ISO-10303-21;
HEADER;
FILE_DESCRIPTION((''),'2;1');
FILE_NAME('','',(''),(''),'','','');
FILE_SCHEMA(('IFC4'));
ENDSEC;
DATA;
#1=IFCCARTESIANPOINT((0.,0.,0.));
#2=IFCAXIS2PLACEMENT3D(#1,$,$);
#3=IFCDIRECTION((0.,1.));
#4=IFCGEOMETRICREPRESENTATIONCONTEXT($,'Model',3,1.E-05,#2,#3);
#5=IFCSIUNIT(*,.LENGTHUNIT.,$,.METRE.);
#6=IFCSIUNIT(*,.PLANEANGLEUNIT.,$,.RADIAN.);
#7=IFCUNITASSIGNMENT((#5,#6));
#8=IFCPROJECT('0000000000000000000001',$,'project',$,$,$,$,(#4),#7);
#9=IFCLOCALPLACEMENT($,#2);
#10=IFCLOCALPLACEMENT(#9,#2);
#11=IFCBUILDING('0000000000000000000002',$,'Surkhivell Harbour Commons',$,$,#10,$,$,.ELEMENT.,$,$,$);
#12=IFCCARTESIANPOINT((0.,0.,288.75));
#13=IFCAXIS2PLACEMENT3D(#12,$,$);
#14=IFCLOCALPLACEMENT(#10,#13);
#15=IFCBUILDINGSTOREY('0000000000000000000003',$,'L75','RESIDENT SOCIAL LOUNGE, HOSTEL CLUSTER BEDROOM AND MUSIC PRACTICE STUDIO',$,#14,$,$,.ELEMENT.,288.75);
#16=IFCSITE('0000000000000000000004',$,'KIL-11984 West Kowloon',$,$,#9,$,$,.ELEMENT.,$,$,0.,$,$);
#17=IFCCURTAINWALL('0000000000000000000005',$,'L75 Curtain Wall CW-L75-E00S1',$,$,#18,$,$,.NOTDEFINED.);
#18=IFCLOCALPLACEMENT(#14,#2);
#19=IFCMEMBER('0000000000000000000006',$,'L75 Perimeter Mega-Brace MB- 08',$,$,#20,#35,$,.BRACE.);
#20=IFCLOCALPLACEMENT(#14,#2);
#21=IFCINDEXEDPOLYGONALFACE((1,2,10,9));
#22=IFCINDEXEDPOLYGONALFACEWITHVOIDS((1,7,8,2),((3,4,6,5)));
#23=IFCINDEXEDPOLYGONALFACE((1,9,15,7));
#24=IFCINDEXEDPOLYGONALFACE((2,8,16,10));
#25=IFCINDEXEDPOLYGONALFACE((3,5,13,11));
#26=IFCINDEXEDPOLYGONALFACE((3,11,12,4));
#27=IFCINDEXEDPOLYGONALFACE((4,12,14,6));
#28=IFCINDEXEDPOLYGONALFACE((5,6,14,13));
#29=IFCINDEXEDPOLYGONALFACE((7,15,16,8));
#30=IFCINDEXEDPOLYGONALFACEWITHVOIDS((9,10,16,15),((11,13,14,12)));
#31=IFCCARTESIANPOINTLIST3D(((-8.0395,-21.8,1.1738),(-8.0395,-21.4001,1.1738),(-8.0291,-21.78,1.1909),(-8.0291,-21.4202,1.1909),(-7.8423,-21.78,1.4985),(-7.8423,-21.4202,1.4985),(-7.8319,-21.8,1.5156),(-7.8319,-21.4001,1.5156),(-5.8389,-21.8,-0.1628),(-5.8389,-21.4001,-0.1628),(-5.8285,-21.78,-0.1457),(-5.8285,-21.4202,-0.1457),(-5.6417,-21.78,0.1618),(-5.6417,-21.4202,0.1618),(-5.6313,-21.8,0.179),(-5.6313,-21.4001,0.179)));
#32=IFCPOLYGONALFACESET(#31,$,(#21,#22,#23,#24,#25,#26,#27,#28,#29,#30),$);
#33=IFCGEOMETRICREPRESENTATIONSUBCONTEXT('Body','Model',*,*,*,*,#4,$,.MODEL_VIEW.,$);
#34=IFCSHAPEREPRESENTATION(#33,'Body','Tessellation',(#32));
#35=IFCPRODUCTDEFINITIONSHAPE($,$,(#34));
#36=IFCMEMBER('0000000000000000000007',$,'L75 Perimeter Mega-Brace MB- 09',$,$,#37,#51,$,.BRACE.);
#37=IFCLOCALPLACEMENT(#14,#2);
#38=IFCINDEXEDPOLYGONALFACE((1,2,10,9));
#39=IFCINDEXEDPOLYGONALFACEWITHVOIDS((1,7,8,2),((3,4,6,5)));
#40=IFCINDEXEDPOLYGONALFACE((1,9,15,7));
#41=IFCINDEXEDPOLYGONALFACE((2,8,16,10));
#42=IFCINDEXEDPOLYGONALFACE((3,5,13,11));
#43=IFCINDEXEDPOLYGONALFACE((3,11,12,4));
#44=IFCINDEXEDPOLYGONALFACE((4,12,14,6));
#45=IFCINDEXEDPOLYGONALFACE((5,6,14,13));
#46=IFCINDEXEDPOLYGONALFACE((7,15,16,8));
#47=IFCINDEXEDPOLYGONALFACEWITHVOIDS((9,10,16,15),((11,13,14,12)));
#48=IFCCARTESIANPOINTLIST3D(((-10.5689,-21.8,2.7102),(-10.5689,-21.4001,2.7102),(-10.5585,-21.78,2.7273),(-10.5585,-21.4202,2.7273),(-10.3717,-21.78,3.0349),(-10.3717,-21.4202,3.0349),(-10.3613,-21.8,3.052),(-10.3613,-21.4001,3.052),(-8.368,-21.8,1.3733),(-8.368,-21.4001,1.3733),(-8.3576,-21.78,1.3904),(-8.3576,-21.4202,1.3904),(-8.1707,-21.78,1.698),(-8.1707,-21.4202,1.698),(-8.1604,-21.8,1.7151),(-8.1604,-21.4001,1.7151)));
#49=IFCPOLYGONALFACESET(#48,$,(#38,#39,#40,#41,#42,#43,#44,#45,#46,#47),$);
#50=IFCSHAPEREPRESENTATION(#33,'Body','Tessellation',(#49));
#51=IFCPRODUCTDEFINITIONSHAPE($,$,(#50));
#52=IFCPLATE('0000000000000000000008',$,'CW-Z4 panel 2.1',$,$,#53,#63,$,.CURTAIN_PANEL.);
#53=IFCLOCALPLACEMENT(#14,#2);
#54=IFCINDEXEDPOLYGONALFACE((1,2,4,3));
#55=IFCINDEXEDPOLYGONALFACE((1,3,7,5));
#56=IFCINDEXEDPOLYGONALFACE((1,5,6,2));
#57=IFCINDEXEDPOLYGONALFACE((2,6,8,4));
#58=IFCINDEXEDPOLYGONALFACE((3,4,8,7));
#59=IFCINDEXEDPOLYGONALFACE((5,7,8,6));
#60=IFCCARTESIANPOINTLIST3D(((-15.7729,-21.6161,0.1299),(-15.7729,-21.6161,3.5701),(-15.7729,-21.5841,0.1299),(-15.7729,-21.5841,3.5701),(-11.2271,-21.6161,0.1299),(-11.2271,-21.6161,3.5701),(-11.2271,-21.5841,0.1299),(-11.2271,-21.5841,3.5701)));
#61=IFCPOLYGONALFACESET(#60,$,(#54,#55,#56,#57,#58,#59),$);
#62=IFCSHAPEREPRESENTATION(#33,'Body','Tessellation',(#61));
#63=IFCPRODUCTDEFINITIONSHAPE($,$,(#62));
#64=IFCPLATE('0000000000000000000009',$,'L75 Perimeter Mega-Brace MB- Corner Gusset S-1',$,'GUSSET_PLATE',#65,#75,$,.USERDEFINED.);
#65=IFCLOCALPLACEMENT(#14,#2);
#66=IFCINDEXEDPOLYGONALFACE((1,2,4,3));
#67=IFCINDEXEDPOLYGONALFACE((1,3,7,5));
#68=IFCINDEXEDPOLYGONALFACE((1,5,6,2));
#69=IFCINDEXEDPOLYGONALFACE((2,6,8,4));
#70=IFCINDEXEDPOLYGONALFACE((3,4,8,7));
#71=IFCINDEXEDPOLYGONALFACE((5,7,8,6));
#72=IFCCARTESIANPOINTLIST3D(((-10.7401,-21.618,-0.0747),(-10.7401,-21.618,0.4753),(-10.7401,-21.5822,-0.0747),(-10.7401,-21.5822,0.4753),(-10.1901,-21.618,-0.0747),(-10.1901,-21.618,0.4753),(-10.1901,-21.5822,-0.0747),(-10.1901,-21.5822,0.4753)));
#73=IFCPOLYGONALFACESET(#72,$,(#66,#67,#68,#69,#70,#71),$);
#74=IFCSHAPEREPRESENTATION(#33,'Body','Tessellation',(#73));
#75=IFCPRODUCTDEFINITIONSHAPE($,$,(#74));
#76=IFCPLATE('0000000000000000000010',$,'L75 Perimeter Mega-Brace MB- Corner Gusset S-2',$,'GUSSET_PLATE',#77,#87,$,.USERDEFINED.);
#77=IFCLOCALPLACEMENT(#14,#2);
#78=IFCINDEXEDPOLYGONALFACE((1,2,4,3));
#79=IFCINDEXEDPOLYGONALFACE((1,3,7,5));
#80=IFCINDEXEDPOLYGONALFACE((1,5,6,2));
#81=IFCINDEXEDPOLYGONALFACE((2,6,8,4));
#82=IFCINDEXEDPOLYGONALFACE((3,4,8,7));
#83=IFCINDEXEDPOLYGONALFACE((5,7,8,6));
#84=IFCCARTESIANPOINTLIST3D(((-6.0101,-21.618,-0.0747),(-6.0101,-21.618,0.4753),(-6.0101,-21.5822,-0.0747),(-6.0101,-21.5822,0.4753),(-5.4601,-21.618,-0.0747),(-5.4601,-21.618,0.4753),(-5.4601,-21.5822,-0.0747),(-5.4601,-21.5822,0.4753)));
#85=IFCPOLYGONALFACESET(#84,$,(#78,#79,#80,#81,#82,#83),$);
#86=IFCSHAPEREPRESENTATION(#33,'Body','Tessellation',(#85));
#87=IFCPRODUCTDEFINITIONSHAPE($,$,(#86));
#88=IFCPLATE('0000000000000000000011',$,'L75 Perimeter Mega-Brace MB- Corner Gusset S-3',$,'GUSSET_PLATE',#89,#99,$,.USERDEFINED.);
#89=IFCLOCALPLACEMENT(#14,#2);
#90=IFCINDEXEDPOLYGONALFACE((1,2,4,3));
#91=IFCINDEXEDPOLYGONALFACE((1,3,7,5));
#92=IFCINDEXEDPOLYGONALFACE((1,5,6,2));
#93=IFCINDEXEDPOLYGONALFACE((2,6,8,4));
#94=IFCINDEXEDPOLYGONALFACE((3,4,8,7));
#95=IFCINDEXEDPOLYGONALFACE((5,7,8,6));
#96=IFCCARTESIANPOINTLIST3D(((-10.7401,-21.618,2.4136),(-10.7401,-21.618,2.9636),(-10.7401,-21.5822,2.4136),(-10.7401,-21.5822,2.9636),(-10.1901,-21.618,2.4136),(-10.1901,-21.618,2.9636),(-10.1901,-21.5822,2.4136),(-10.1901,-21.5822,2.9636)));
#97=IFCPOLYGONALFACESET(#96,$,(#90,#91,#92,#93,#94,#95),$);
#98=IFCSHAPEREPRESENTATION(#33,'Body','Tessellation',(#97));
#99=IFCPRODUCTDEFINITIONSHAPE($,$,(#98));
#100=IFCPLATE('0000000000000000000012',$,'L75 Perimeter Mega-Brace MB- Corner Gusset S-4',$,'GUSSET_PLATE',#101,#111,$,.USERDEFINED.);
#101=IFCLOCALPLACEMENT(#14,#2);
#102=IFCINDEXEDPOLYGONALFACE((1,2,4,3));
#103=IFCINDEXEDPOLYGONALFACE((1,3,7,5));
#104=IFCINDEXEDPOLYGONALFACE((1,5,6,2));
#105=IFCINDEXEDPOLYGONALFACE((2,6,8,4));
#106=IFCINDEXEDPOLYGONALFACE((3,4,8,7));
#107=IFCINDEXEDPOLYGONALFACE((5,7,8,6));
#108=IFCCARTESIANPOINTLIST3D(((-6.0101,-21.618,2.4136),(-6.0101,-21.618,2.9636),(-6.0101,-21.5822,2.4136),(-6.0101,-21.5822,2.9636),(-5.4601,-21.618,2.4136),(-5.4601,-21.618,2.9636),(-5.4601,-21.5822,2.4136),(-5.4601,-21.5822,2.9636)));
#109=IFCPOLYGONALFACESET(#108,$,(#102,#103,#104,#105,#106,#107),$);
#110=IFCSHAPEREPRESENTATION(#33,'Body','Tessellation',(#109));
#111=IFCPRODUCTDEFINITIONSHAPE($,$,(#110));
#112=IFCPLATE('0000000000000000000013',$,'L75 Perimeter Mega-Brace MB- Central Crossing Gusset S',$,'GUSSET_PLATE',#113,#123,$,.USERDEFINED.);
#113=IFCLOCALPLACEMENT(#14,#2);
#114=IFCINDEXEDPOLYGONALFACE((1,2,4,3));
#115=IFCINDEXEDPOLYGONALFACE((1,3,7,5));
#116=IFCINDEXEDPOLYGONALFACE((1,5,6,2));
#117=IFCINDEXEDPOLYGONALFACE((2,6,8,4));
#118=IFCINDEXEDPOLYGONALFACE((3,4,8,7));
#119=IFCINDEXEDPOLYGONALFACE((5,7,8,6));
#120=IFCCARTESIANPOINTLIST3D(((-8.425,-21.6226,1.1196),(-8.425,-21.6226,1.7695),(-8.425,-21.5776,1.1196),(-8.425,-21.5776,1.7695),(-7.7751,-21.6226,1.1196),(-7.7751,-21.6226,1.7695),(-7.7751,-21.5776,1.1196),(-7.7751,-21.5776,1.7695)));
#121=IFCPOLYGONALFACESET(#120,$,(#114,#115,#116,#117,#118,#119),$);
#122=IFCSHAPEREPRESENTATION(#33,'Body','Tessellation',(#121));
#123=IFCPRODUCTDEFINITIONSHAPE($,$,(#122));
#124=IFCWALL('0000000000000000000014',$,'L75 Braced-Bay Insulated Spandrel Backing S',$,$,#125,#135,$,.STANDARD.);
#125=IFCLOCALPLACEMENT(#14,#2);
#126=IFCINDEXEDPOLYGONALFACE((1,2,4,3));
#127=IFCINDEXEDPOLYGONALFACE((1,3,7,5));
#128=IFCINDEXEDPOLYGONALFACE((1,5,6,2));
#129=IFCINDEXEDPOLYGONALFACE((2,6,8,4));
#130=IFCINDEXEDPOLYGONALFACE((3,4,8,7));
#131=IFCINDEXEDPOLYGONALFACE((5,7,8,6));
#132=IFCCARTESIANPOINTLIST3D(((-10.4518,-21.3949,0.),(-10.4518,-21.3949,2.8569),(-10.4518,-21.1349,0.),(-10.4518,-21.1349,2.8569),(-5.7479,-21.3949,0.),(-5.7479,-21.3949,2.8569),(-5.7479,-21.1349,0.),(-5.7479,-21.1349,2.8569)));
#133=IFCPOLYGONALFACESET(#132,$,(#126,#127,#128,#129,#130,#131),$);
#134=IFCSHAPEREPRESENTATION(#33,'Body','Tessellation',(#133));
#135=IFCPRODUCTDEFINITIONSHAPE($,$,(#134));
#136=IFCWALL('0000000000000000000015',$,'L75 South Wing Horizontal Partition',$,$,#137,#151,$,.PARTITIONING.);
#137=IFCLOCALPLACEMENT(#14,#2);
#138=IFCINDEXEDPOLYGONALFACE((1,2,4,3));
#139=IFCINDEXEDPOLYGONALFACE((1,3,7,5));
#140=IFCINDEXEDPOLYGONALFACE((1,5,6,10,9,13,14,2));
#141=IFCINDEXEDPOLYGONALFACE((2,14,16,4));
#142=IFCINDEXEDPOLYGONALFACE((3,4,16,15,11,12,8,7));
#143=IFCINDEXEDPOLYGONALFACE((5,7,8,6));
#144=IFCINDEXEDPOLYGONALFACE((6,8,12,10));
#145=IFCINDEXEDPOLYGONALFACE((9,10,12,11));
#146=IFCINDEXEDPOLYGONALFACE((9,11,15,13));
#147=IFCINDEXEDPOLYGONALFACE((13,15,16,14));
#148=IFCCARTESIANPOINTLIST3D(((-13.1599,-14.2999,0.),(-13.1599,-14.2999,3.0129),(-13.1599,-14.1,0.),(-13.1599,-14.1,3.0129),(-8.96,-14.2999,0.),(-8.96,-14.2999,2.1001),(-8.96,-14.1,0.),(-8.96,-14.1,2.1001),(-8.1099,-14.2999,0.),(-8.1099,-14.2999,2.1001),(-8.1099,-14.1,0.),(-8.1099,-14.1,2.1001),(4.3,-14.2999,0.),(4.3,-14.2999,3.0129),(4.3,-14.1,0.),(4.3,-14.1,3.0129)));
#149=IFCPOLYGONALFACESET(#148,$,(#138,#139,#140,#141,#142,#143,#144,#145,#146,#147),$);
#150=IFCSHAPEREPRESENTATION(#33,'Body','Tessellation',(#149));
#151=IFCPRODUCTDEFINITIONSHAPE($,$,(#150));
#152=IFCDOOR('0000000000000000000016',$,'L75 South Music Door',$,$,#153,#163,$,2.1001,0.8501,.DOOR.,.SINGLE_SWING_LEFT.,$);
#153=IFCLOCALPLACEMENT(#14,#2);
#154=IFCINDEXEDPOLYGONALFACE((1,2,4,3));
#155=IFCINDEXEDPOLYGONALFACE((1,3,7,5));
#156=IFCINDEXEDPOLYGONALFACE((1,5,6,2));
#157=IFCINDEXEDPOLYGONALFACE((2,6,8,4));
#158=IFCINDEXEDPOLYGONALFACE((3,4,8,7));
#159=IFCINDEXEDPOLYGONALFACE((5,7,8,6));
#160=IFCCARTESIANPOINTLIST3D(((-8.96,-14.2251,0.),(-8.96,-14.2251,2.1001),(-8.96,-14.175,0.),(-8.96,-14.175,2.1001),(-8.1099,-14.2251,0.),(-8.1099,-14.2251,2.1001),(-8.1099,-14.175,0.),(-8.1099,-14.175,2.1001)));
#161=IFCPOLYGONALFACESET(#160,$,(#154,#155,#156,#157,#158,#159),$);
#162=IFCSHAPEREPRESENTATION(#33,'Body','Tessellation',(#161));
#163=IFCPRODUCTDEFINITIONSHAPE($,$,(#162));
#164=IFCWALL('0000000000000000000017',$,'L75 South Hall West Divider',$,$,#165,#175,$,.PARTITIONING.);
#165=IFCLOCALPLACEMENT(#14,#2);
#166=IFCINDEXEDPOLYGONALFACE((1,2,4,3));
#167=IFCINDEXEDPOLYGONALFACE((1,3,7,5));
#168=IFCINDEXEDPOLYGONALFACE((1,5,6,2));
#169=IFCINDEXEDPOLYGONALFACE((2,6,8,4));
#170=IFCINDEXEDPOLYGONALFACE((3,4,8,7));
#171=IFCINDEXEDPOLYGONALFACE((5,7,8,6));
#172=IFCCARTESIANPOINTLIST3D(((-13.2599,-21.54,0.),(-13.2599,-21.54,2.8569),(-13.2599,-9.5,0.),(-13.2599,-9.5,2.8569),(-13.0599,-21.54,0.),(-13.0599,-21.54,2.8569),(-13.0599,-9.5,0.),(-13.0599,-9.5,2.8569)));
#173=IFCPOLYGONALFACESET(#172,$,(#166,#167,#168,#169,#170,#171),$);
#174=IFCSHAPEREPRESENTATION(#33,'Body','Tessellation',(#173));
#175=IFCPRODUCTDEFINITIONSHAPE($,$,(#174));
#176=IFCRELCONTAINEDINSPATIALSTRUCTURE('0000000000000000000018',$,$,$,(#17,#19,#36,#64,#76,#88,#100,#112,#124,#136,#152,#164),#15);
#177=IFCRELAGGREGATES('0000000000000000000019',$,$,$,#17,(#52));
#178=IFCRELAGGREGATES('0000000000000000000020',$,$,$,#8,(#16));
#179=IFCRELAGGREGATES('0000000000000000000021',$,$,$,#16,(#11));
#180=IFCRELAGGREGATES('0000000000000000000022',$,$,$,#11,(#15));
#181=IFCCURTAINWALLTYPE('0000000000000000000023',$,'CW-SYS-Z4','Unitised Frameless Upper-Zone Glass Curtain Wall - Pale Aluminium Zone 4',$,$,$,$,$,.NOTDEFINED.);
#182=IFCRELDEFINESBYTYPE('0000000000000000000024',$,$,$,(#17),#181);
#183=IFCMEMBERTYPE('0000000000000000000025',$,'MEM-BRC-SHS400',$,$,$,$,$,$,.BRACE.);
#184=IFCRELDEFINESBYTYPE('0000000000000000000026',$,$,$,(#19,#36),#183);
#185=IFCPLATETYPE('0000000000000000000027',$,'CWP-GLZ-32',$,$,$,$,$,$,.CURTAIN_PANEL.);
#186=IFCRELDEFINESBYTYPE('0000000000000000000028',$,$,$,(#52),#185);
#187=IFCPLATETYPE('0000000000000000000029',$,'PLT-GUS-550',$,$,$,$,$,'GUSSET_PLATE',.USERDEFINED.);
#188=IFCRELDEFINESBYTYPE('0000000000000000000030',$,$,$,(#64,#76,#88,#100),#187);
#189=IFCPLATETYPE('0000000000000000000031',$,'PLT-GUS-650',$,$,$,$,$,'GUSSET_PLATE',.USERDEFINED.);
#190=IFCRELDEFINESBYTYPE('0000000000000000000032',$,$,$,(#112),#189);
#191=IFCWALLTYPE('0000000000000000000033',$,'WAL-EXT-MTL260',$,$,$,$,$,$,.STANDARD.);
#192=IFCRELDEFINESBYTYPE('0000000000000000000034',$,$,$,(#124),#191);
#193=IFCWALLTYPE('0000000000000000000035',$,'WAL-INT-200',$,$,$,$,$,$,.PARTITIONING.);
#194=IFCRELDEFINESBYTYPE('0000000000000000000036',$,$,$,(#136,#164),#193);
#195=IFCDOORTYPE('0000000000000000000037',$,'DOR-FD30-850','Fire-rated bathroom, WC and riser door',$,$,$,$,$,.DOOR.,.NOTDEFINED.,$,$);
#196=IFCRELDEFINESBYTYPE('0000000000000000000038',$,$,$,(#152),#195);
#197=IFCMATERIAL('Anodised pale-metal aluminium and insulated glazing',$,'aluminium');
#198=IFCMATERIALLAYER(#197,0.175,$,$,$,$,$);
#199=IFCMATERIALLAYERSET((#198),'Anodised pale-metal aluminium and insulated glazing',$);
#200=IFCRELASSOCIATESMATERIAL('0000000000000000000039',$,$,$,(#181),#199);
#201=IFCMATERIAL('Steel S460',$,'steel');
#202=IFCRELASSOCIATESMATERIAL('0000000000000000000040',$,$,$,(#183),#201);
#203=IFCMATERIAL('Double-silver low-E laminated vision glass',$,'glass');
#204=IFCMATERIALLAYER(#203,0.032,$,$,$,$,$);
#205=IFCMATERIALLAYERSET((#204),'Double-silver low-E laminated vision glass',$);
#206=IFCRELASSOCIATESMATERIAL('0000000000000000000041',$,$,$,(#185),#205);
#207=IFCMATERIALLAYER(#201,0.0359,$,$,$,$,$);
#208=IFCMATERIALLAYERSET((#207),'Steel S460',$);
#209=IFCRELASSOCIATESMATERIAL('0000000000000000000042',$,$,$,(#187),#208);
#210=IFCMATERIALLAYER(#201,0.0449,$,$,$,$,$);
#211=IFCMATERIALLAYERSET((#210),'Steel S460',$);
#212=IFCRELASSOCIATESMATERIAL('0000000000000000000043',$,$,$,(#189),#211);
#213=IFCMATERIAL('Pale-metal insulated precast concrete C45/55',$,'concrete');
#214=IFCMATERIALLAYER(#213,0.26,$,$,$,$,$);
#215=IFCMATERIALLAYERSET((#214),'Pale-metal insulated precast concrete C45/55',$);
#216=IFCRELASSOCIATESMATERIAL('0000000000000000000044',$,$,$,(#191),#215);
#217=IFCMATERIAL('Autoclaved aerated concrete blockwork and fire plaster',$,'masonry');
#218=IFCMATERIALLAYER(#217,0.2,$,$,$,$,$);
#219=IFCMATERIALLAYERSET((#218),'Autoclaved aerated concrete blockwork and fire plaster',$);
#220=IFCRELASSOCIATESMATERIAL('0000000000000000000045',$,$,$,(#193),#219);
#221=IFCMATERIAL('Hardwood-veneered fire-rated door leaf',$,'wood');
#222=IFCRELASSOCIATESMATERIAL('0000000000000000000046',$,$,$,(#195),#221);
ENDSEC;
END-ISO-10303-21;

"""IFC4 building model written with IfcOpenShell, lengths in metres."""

from ifc_helpers import new_model, si_unit, direction, frame, frame_2d, origin, origin_2d, place, context, subcontext, project, spatial, rectangle, hollow_rectangle, extrude, material, layer, layer_set, material_profile, profile_set, type_object, element, fill, aggregate, save


model = new_model("IFC4")

# Units and contexts
model_context = context("Model", 3, precision=1e-05, world=origin(), true_north=direction((0.0, 1.0)))
body_context = subcontext(model_context, "Body", "Model", "MODEL_VIEW")
ifc_project = project(units=[si_unit("LENGTHUNIT", "METRE"), si_unit("PLANEANGLEUNIT", "RADIAN")], contexts=[model_context])

# Site, building, storey
site_placement = place(None, origin())
site = spatial("IfcSite", under=ifc_project, at=site_placement, Name="KIL-11984 West Kowloon", CompositionType="ELEMENT", RefElevation=0.0)
building_placement = place(site_placement, origin())
building = spatial("IfcBuilding", under=site, at=building_placement, Name="Surkhivell Harbour Commons", CompositionType="ELEMENT")
storey_placement = place(building_placement, frame((0.0, 0.0, 288.75)))
storey = spatial("IfcBuildingStorey", under=building, at=storey_placement, Name="L75", Description="RESIDENT SOCIAL LOUNGE, HOSTEL CLUSTER BEDROOM AND MUSIC PRACTICE STUDIO", CompositionType="ELEMENT", Elevation=288.75)

# Curtain wall
ifc_material_1 = material(Name="Anodised pale-metal aluminium and insulated glazing", Category="aluminium")
ifc_layer_1 = layer(ifc_material_1, 0.175)
ifc_layer_set_1 = layer_set([ifc_layer_1], Name="Anodised pale-metal aluminium and insulated glazing")
curtain_wall_type = type_object("IfcCurtainWallType", Name="CW-SYS-Z4", Description="Unitised Frameless Upper-Zone Glass Curtain Wall - Pale Aluminium Zone 4", PredefinedType="NOTDEFINED", material=ifc_layer_set_1)
curtain_wall_placement = place(storey_placement, origin())
curtain_wall = element("IfcCurtainWall", 1, at=curtain_wall_placement, inside=storey, type_object=curtain_wall_type, Name="L75 Curtain Wall CW-L75-E00S1", PredefinedType="NOTDEFINED")

# Members
ifc_material_2 = material(Name="Steel S460", Category="steel")
ifc_material_profile_1 = material_profile(ifc_material_2, hollow_rectangle(XDim=0.3999, YDim=0.3999, WallThickness=0.02, at=origin_2d()), Name="SHS400x400x20")
ifc_profile_set_1 = profile_set([ifc_material_profile_1], Name="Steel S460")
member_type_1 = type_object("IfcMemberType", Name="MEM-BRC-SHS400", PredefinedType="BRACE", material=ifc_profile_set_1)
member_1_placement = place(storey_placement, frame((-5.7351, -21.6001, 0.0081), z_axis=(-0.854694, 0.0, 0.519132), x_axis=(0.0, -1.0, 0.0)))
element("IfcMember", 2, at=member_1_placement, inside=storey, type_object=member_type_1, Name="L75 Perimeter Mega-Brace MB- 08", PredefinedType="BRACE", context=body_context, shape_type="SweptSolid", body=[
    extrude(hollow_rectangle(XDim=0.3999, YDim=0.3999, WallThickness=0.02, at=origin_2d()), origin(), (0.0, 0.0, 1.0), 2.5747),
])
member_2_placement = place(storey_placement, frame((-8.2642, -21.6001, 1.5442), z_axis=(-0.854678, 0.0, 0.519159), x_axis=(0.0, -1.0, 0.0)))
element("IfcMember", 3, at=member_2_placement, inside=storey, type_object=member_type_1, Name="L75 Perimeter Mega-Brace MB- 09", PredefinedType="BRACE", context=body_context, shape_type="SweptSolid", body=[
    extrude(hollow_rectangle(XDim=0.3999, YDim=0.3999, WallThickness=0.02, at=origin_2d()), origin(), (0.0, 0.0, 1.0), 2.5752),
])

# Plate
ifc_material_3 = material(Name="Double-silver low-E laminated vision glass", Category="glass")
ifc_layer_2 = layer(ifc_material_3, 0.032)
ifc_layer_set_2 = layer_set([ifc_layer_2], Name="Double-silver low-E laminated vision glass")
plate_type_1 = type_object("IfcPlateType", Name="CWP-GLZ-32", PredefinedType="CURTAIN_PANEL", material=ifc_layer_set_2)
plate_1_placement = place(storey_placement, frame((-15.7729, -21.6001, 0.1299), z_axis=(0.0, 0.0, 1.0), x_axis=(1.0, 0.0, 0.0)))
plate_1 = element("IfcPlate", 4, at=plate_1_placement, type_object=plate_type_1, Name="CW-Z4 panel 2.1", PredefinedType="CURTAIN_PANEL", context=body_context, shape_type="SweptSolid", body=[
    extrude(rectangle(XDim=4.5459, YDim=0.032, at=frame_2d((2.2729, 0.0))), origin(), (0.0, 0.0, 1.0), 3.4402),
])
aggregate(curtain_wall, [plate_1])

# Plates
ifc_layer_3 = layer(ifc_material_2, 0.0359)
ifc_layer_set_3 = layer_set([ifc_layer_3], Name="Steel S460")
plate_type_2 = type_object("IfcPlateType", Name="PLT-GUS-550", ElementType="GUSSET_PLATE", PredefinedType="USERDEFINED", material=ifc_layer_set_3)
for number, where, z_axis, x_axis, name in (
    (5, (-10.4651, -21.6001, -0.0747), (0.0, 0.0, 1.0), (1.0, 0.0, 0.0), "L75 Perimeter Mega-Brace MB- Corner Gusset S-1"),
    (6, (-5.7351, -21.6001, -0.0747), (0.0, 0.0, 1.0), (1.0, 0.0, 0.0), "L75 Perimeter Mega-Brace MB- Corner Gusset S-2"),
    (7, (-10.4651, -21.6001, 2.4136), (0.0, 0.0, 1.0), (1.0, 0.0, 0.0), "L75 Perimeter Mega-Brace MB- Corner Gusset S-3"),
    (8, (-5.7351, -21.6001, 2.4136), (0.0, 0.0, 1.0), (1.0, 0.0, 0.0), "L75 Perimeter Mega-Brace MB- Corner Gusset S-4"),
):
    element("IfcPlate", number, at=place(storey_placement, frame(where, z_axis=z_axis, x_axis=x_axis)), inside=storey, type_object=plate_type_2, Name=name, ObjectType="GUSSET_PLATE", PredefinedType="USERDEFINED", context=body_context, shape_type="SweptSolid", body=[
        extrude(rectangle(XDim=0.55, YDim=0.0359, at=origin_2d()), origin(), (0.0, 0.0, 1.0), 0.55),
    ])
ifc_layer_4 = layer(ifc_material_2, 0.0449)
ifc_layer_set_4 = layer_set([ifc_layer_4], Name="Steel S460")
plate_type_3 = type_object("IfcPlateType", Name="PLT-GUS-650", ElementType="GUSSET_PLATE", PredefinedType="USERDEFINED", material=ifc_layer_set_4)
plate_2_placement = place(storey_placement, frame((-8.1001, -21.6001, 1.1196), z_axis=(0.0, 0.0, 1.0), x_axis=(1.0, 0.0, 0.0)))
element("IfcPlate", 9, at=plate_2_placement, inside=storey, type_object=plate_type_3, Name="L75 Perimeter Mega-Brace MB- Central Crossing Gusset S", ObjectType="GUSSET_PLATE", PredefinedType="USERDEFINED", context=body_context, shape_type="SweptSolid", body=[
    extrude(rectangle(XDim=0.6499, YDim=0.0449, at=origin_2d()), origin(), (0.0, 0.0, 1.0), 0.6499),
])

# Wall
ifc_material_4 = material(Name="Pale-metal insulated precast concrete C45/55", Category="concrete")
ifc_layer_5 = layer(ifc_material_4, 0.26)
ifc_layer_set_5 = layer_set([ifc_layer_5], Name="Pale-metal insulated precast concrete C45/55")
wall_type_1 = type_object("IfcWallType", Name="WAL-EXT-MTL260", PredefinedType="STANDARD", material=ifc_layer_set_5)
wall_1_placement = place(storey_placement, frame((-10.4519, -21.2649, 0.0), z_axis=(0.0, 0.0, 1.0), x_axis=(1.0, 0.0, 0.0)))
element("IfcWall", 10, at=wall_1_placement, inside=storey, type_object=wall_type_1, Name="L75 Braced-Bay Insulated Spandrel Backing S", PredefinedType="STANDARD", context=body_context, shape_type="SweptSolid", body=[
    extrude(rectangle(XDim=4.7039, YDim=0.26, at=frame_2d((2.3521, 0.0))), origin(), (0.0, 0.0, 1.0), 2.8569),
])

# Wall, opening, door
ifc_material_5 = material(Name="Autoclaved aerated concrete blockwork and fire plaster", Category="masonry")
ifc_layer_6 = layer(ifc_material_5, 0.2)
ifc_layer_set_6 = layer_set([ifc_layer_6], Name="Autoclaved aerated concrete blockwork and fire plaster")
wall_type_2 = type_object("IfcWallType", Name="WAL-INT-200", PredefinedType="PARTITIONING", material=ifc_layer_set_6)
wall_2_placement = place(storey_placement, frame((-13.1599, -14.2, 0.0), z_axis=(0.0, 0.0, 1.0), x_axis=(1.0, 0.0, 0.0)))
wall_2 = element("IfcWall", 11, at=wall_2_placement, inside=storey, type_object=wall_type_2, Name="L75 South Wing Horizontal Partition", PredefinedType="PARTITIONING", context=body_context, shape_type="SweptSolid", body=[
    extrude(rectangle(XDim=17.46, YDim=0.2, at=frame_2d((8.73, 0.0))), origin(), (0.0, 0.0, 1.0), 3.0129),
])
opening_placement = place(wall_2_placement, frame((4.2, 0.0, 0.0)))
opening = element("IfcOpeningElement", 12, at=opening_placement, cuts=wall_2, PredefinedType="OPENING", context=body_context, shape_type="SweptSolid", body=[
    extrude(rectangle(XDim=0.8501, YDim=2.1001, at=frame_2d((0.425, 1.05))), frame((0.0, 0.1099, 0.0), z_axis=(0.0, -1.0, 0.0), x_axis=(1.0, 0.0, 0.0)), (0.0, 0.0, 1.0), 0.22),
])
ifc_material_6 = material(Name="Hardwood-veneered fire-rated door leaf", Category="wood")
door_type = type_object("IfcDoorType", Name="DOR-FD30-850", Description="Fire-rated bathroom, WC and riser door", OperationType="NOTDEFINED", PredefinedType="DOOR", material=ifc_material_6)
door_placement = place(opening_placement, origin())
door = element("IfcDoor", 13, at=door_placement, inside=storey, type_object=door_type, Name="L75 South Music Door", OperationType="SINGLE_SWING_LEFT", OverallHeight=2.1001, OverallWidth=0.8501, PredefinedType="DOOR", context=body_context, shape_type="SweptSolid", body=[
    extrude(rectangle(XDim=0.8501, YDim=2.1001, at=frame_2d((0.425, 1.05))), frame((0.0, 0.0249, 0.0), z_axis=(0.0, -1.0, 0.0), x_axis=(1.0, 0.0, 0.0)), (0.0, 0.0, 1.0), 0.05),
])
fill(opening, door)

# Wall
wall_3_placement = place(storey_placement, frame((-13.1599, -21.54, 0.0), z_axis=(0.0, 0.0, 1.0), x_axis=(0.0, 1.0, 0.0)))
element("IfcWall", 14, at=wall_3_placement, inside=storey, type_object=wall_type_2, Name="L75 South Hall West Divider", PredefinedType="PARTITIONING", context=body_context, shape_type="SweptSolid", body=[
    extrude(rectangle(XDim=12.04, YDim=0.2, at=frame_2d((6.02, 0.0))), origin(), (0.0, 0.0, 1.0), 2.8569),
])

save(model, "model.ifc")
